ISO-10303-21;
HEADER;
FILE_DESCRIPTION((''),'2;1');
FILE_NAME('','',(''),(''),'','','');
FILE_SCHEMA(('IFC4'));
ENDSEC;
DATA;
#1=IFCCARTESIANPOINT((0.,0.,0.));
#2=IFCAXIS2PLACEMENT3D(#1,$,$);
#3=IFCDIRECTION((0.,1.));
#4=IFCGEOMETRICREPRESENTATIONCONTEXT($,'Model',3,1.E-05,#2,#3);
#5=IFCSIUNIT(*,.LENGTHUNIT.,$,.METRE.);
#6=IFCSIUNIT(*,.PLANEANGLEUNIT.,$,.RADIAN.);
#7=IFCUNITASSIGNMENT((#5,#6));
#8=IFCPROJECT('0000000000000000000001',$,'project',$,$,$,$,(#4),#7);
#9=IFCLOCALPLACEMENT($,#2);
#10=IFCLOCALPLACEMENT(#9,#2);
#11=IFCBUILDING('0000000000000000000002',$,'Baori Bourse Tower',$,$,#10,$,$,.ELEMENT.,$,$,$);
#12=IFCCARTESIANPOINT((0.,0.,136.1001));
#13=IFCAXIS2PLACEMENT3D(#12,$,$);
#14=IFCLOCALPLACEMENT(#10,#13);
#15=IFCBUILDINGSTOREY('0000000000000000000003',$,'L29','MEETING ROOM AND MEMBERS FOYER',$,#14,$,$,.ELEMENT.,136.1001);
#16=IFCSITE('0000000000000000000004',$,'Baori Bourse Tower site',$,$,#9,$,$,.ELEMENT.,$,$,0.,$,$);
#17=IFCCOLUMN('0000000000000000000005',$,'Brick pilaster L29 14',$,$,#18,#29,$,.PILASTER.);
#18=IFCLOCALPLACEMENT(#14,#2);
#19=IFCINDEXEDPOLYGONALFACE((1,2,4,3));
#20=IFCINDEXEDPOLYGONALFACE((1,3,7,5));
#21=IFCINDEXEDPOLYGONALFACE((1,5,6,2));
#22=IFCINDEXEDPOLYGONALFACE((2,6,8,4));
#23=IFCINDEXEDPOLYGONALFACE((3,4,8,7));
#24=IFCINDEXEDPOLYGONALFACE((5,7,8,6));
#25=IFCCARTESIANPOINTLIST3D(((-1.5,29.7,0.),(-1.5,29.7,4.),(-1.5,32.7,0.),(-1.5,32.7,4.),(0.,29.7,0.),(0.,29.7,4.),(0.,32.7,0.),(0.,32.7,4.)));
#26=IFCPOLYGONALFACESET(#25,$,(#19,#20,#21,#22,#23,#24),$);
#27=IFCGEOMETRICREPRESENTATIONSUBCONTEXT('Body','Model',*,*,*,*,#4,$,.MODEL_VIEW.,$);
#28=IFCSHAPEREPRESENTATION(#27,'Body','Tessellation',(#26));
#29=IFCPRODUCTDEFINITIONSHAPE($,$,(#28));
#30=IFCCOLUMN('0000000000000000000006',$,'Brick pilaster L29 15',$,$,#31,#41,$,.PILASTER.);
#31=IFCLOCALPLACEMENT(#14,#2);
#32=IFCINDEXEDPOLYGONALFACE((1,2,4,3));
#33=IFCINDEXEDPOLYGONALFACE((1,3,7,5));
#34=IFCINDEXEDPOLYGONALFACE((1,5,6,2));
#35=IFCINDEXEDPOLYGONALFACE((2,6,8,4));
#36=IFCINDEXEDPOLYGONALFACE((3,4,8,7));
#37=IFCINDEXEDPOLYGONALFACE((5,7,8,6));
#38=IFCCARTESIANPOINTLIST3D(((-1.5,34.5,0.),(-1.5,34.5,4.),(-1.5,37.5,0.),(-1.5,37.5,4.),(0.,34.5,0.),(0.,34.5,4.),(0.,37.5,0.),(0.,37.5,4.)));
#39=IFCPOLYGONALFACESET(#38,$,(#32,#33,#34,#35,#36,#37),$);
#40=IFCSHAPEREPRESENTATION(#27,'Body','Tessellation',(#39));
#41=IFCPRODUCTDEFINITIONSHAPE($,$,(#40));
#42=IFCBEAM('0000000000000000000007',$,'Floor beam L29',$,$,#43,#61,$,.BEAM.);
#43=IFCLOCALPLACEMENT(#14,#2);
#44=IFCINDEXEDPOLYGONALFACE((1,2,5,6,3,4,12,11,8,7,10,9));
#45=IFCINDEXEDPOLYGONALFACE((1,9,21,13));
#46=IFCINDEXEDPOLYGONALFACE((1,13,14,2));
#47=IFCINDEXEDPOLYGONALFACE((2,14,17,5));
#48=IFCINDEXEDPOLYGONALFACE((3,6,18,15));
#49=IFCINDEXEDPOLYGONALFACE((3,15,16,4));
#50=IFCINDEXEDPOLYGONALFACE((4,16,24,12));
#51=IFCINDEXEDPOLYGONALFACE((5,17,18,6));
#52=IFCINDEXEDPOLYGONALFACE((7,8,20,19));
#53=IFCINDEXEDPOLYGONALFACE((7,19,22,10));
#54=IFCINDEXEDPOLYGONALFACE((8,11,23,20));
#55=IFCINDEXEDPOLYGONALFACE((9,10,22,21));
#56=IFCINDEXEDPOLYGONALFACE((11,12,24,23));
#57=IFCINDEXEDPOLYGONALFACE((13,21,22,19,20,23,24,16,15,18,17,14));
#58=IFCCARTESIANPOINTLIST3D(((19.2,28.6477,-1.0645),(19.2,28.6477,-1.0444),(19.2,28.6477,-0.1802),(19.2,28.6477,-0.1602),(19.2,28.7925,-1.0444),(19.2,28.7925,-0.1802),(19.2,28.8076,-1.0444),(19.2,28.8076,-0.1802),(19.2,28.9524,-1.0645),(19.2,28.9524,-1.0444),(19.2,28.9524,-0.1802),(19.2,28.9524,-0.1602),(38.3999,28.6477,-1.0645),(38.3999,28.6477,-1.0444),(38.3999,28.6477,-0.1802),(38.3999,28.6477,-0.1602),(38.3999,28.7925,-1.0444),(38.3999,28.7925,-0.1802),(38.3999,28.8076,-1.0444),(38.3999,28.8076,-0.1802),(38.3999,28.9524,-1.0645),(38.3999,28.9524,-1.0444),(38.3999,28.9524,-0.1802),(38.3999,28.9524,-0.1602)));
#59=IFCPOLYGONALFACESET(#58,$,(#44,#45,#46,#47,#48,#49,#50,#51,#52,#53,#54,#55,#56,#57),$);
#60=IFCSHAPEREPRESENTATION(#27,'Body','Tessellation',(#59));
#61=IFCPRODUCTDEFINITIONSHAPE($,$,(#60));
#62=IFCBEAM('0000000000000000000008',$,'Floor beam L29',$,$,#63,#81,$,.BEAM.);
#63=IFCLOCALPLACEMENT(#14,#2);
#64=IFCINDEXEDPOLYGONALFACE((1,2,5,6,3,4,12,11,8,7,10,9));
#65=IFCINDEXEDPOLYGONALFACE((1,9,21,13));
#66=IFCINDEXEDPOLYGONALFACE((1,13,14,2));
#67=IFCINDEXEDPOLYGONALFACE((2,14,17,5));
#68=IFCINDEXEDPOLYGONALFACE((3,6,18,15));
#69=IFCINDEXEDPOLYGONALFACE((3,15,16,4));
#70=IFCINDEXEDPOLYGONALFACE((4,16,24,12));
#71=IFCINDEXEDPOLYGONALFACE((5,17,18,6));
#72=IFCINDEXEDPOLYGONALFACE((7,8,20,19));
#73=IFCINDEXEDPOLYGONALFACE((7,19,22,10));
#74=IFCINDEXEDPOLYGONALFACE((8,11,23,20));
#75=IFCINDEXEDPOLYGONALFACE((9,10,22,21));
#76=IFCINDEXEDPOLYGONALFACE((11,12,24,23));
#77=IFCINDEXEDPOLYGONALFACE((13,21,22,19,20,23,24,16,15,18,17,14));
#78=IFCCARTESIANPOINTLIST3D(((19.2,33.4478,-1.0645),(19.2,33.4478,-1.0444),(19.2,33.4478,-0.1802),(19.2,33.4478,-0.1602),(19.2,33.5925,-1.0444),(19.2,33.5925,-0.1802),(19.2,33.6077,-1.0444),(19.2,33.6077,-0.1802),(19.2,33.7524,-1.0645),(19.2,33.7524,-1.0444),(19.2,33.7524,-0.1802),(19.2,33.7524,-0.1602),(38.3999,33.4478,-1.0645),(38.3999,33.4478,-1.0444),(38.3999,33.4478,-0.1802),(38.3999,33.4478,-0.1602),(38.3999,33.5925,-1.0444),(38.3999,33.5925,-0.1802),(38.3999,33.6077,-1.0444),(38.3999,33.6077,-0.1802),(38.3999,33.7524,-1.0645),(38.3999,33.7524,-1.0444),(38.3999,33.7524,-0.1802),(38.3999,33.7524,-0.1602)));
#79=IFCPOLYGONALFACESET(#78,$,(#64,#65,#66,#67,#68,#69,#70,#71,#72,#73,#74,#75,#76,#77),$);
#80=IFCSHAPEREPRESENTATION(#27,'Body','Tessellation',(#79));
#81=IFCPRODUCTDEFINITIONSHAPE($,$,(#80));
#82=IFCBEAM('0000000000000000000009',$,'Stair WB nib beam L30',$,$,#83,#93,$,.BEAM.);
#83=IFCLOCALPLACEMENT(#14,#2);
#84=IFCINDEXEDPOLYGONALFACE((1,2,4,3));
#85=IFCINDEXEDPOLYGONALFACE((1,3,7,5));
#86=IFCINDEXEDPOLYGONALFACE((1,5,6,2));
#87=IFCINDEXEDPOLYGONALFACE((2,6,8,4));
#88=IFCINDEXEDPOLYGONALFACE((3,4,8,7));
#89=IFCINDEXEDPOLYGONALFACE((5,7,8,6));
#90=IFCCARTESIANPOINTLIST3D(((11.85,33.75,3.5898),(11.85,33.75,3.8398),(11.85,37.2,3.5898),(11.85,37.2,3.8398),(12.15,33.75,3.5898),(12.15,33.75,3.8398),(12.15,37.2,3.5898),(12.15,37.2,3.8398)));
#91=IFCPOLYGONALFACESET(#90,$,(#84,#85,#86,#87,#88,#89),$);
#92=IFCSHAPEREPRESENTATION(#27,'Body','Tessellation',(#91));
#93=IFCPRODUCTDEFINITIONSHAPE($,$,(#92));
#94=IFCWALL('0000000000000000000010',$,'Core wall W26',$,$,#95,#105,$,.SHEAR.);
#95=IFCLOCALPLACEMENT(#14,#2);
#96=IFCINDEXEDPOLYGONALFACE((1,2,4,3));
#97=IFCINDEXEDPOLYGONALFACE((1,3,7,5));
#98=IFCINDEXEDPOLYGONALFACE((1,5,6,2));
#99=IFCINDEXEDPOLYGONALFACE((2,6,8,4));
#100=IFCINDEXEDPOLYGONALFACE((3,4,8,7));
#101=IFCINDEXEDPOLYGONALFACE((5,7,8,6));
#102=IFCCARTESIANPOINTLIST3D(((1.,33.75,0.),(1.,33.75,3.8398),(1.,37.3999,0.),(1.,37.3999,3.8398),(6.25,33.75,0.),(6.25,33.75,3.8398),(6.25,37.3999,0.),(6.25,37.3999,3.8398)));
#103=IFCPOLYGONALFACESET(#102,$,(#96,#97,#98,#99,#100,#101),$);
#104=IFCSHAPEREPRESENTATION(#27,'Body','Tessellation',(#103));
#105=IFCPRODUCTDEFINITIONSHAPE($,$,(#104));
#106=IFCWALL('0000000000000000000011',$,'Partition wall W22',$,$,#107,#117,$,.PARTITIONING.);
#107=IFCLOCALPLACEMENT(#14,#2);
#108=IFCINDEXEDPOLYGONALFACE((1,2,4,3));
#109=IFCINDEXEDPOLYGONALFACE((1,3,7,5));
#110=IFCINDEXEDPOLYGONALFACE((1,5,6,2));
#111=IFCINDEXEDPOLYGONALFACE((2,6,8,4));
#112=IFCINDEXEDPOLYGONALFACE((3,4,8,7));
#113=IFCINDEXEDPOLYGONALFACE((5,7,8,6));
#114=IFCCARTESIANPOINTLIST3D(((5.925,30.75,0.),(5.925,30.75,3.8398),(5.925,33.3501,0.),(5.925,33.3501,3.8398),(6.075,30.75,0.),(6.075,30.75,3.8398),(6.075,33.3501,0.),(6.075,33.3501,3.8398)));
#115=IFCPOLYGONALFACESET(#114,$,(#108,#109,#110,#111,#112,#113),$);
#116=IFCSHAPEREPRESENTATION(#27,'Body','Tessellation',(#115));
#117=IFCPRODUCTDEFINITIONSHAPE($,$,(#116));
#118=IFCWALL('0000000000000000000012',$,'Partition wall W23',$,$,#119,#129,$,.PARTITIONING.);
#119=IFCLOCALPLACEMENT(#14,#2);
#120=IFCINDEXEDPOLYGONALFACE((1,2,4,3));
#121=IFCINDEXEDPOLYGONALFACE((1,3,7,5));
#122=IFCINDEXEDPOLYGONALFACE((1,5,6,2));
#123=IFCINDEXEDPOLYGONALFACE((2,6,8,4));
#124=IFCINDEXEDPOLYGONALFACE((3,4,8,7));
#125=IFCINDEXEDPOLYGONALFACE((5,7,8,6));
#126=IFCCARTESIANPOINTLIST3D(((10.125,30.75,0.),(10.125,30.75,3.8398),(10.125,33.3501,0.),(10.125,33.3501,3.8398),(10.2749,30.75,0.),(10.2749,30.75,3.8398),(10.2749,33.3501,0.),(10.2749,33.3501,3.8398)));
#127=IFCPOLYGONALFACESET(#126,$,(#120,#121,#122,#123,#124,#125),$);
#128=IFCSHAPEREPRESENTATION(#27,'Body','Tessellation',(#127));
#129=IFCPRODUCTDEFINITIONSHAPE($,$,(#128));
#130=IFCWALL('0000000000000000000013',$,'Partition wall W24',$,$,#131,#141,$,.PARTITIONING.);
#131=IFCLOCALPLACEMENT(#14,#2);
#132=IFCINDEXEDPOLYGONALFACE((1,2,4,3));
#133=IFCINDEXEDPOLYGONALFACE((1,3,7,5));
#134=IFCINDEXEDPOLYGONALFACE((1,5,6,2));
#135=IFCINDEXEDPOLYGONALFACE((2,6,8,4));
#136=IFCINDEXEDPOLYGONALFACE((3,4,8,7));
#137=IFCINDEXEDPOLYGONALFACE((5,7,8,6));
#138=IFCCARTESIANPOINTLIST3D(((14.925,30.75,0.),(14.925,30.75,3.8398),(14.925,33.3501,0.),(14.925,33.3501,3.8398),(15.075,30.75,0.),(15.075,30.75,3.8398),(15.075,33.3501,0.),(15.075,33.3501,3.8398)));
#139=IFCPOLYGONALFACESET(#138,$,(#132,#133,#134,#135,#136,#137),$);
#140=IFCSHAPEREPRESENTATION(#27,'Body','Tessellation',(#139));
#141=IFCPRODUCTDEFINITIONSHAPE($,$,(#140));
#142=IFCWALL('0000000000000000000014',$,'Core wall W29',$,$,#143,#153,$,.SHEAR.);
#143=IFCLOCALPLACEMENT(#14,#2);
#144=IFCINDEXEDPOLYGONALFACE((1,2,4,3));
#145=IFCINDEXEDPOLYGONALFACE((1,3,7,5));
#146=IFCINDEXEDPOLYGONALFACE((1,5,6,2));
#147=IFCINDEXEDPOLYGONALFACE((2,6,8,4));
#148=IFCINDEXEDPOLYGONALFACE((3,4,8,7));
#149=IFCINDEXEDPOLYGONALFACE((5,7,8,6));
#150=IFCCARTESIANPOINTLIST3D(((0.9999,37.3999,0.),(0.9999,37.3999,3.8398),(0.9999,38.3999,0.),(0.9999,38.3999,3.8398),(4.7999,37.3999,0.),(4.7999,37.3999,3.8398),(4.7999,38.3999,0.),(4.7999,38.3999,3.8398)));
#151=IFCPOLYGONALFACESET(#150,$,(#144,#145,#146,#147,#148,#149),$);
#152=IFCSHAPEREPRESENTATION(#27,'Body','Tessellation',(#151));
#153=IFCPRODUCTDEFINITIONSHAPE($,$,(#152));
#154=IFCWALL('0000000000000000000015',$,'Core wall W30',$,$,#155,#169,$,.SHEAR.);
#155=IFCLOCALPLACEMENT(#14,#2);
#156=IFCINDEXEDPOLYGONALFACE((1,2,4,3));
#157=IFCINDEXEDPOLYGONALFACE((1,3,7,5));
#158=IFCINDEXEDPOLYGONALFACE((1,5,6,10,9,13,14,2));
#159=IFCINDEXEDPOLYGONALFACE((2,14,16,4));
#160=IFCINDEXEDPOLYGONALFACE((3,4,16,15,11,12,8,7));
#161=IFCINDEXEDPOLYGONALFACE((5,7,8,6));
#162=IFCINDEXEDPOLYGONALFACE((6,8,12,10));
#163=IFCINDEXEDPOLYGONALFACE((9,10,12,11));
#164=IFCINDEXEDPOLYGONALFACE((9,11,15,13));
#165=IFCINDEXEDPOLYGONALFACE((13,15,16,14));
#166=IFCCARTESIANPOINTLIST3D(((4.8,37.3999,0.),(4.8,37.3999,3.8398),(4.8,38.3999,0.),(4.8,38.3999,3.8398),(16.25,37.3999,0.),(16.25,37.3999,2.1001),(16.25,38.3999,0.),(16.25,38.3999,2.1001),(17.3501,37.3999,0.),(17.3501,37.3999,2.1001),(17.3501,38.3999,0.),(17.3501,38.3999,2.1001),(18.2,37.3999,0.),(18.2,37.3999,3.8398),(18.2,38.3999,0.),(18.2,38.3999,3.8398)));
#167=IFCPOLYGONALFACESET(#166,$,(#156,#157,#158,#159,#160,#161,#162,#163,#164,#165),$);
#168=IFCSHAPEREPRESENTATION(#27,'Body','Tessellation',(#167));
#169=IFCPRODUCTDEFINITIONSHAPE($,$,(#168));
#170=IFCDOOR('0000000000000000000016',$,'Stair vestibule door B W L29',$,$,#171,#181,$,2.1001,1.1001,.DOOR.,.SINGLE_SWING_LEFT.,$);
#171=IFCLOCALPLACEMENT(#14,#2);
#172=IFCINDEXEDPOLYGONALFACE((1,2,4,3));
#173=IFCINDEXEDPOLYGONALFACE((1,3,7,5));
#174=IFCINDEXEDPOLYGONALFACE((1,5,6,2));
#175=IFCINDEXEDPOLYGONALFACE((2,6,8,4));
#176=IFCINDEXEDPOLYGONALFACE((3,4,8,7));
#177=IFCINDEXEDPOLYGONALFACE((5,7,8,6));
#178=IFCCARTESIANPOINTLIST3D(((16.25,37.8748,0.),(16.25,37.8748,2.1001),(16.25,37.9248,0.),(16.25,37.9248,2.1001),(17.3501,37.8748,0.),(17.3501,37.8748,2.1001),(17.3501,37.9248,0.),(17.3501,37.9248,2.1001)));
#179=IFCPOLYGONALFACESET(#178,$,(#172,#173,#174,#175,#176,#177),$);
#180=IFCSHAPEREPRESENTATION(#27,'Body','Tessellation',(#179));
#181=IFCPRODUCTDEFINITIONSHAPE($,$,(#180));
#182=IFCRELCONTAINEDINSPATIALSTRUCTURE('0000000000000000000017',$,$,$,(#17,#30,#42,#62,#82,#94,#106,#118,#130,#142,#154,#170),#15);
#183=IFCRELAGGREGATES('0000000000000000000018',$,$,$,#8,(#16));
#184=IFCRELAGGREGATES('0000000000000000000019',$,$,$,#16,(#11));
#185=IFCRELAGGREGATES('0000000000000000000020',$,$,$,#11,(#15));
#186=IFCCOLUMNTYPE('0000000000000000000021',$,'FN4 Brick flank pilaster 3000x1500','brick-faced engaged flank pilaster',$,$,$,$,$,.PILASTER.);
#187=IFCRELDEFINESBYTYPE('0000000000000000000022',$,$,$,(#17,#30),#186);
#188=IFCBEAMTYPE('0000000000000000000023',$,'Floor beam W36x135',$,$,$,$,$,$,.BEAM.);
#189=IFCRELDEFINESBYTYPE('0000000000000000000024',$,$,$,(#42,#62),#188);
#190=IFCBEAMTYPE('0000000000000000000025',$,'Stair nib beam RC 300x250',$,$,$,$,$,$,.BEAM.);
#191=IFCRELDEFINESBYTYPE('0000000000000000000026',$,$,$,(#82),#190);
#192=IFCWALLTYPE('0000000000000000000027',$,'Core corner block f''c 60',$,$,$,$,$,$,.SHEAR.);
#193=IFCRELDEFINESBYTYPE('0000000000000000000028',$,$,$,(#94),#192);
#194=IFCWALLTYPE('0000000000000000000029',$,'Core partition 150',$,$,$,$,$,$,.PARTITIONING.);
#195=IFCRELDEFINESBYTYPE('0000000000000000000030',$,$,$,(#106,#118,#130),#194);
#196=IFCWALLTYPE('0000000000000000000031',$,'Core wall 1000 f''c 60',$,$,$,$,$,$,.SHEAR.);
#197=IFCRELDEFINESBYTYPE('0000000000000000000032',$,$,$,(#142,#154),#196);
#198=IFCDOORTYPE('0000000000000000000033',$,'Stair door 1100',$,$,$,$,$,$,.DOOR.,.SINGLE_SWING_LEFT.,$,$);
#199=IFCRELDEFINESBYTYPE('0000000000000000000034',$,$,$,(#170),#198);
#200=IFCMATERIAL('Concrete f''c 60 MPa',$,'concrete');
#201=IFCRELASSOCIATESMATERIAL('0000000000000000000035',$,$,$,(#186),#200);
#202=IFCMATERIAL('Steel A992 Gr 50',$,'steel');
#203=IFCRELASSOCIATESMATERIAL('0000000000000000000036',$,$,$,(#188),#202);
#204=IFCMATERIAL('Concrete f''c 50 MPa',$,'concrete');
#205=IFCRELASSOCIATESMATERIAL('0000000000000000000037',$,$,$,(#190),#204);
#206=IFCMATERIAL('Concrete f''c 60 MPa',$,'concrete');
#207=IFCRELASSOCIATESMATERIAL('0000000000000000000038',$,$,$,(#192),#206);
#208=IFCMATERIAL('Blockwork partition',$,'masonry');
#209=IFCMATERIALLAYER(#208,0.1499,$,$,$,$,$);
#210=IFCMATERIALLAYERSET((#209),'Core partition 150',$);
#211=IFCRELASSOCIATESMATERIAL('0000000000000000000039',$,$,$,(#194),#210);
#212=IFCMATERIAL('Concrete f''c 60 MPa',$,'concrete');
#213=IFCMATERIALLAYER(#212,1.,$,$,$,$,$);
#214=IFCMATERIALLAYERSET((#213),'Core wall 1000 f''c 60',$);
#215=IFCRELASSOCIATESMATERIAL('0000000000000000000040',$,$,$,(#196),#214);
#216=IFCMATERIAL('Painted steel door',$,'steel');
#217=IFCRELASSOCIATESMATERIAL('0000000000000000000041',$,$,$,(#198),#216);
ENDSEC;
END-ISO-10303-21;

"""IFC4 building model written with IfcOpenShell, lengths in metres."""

from ifc_helpers import new_model, si_unit, direction, frame, frame_2d, origin, origin_2d, place, context, subcontext, project, spatial, rectangle, i_section, extrude, material, layer, layer_set, material_profile, profile_set, type_object, element, fill, save


model = new_model("IFC4")

# Units and contexts
model_context = context("Model", 3, precision=1e-05, world=origin(), true_north=direction((0.0, 1.0)))
body_context = subcontext(model_context, "Body", "Model", "MODEL_VIEW")
ifc_project = project(units=[si_unit("LENGTHUNIT", "METRE"), si_unit("PLANEANGLEUNIT", "RADIAN")], contexts=[model_context])

# Site, building, storey
site_placement = place(None, origin())
site = spatial("IfcSite", under=ifc_project, at=site_placement, Name="Baori Bourse Tower site", CompositionType="ELEMENT", RefElevation=0.0)
building_placement = place(site_placement, origin())
building = spatial("IfcBuilding", under=site, at=building_placement, Name="Baori Bourse Tower", CompositionType="ELEMENT")
storey_placement = place(building_placement, frame((0.0, 0.0, 136.1001)))
storey = spatial("IfcBuildingStorey", under=building, at=storey_placement, Name="L29", Description="MEETING ROOM AND MEMBERS FOYER", CompositionType="ELEMENT", Elevation=136.1001)

# Columns
ifc_material_1 = material(Name="Concrete f'c 60 MPa", Category="concrete")
ifc_material_profile_1 = material_profile(ifc_material_1, rectangle(XDim=3.0, YDim=1.5, at=origin_2d()), Name="RC 3000x1500")
ifc_profile_set_1 = profile_set([ifc_material_profile_1], Name="Concrete f'c 60 MPa")
column_type = type_object("IfcColumnType", Name="FN4 Brick flank pilaster 3000x1500", Description="brick-faced engaged flank pilaster", PredefinedType="PILASTER", material=ifc_profile_set_1)
for number, where, z_axis, x_axis, name in (
    (1, (-0.75, 31.2, 0.0), (0.0, 0.0, 1.0), (0.0, 1.0, 0.0), "Brick pilaster L29 14"),
    (2, (-0.75, 36.0, 0.0), (0.0, 0.0, 1.0), (0.0, 1.0, 0.0), "Brick pilaster L29 15"),
):
    element("IfcColumn", number, at=place(storey_placement, frame(where, z_axis=z_axis, x_axis=x_axis)), inside=storey, type_object=column_type, Name=name, PredefinedType="PILASTER", context=body_context, shape_type="SweptSolid", body=[
        extrude(rectangle(XDim=3.0, YDim=1.5, at=origin_2d()), origin(), (0.0, 0.0, 1.0), 4.0),
    ])

# Beams
ifc_material_2 = material(Name="Steel A992 Gr 50", Category="steel")
ifc_material_profile_2 = material_profile(ifc_material_2, i_section(OverallWidth=0.3047, OverallDepth=0.9043, WebThickness=0.0151, FlangeThickness=0.02, at=origin_2d()), Name="W36x135")
ifc_profile_set_2 = profile_set([ifc_material_profile_2], Name="Steel A992 Gr 50")
beam_type_1 = type_object("IfcBeamType", Name="Floor beam W36x135", PredefinedType="BEAM", material=ifc_profile_set_2)
for number, where, z_axis, x_axis, name in (
    (3, (19.2, 28.8, -0.6123), (1.0, 0.0, 0.0), (0.0, 1.0, 0.0), "Floor beam L29"),
    (4, (19.2, 33.6001, -0.6123), (1.0, 0.0, 0.0), (0.0, 1.0, 0.0), "Floor beam L29"),
):
    element("IfcBeam", number, at=place(storey_placement, frame(where, z_axis=z_axis, x_axis=x_axis)), inside=storey, type_object=beam_type_1, Name=name, PredefinedType="BEAM", context=body_context, shape_type="SweptSolid", body=[
        extrude(i_section(OverallWidth=0.3047, OverallDepth=0.9043, WebThickness=0.0151, FlangeThickness=0.02, at=origin_2d()), origin(), (0.0, 0.0, 1.0), 19.2),
    ])
ifc_material_3 = material(Name="Concrete f'c 50 MPa", Category="concrete")
ifc_material_profile_3 = material_profile(ifc_material_3, rectangle(XDim=0.3, YDim=0.25, at=origin_2d()), Name="RC 300x250")
ifc_profile_set_3 = profile_set([ifc_material_profile_3], Name="Concrete f'c 50 MPa")
beam_type_2 = type_object("IfcBeamType", Name="Stair nib beam RC 300x250", PredefinedType="BEAM", material=ifc_profile_set_3)
beam_placement = place(storey_placement, frame((12.0, 33.75, 3.7148), z_axis=(0.0, 1.0, 0.0), x_axis=(-1.0, 0.0, 0.0)))
element("IfcBeam", 5, at=beam_placement, inside=storey, type_object=beam_type_2, Name="Stair WB nib beam L30", PredefinedType="BEAM", context=body_context, shape_type="SweptSolid", body=[
    extrude(rectangle(XDim=0.3, YDim=0.25, at=origin_2d()), origin(), (0.0, 0.0, 1.0), 3.45),
])

# Walls
ifc_material_4 = material(Name="Concrete f'c 60 MPa", Category="concrete")
wall_type_1 = type_object("IfcWallType", Name="Core corner block f'c 60", PredefinedType="SHEAR", material=ifc_material_4)
wall_1_placement = place(storey_placement, frame((1.0, 35.575, 0.0), z_axis=(0.0, 0.0, 1.0), x_axis=(1.0, 0.0, 0.0)))
element("IfcWall", 6, at=wall_1_placement, inside=storey, type_object=wall_type_1, Name="Core wall W26", PredefinedType="SHEAR", context=body_context, shape_type="SweptSolid", body=[
    extrude(rectangle(XDim=5.25, YDim=3.6499, at=frame_2d((2.625, 0.0))), origin(), (0.0, 0.0, 1.0), 3.8398),
])
ifc_material_5 = material(Name="Blockwork partition", Category="masonry")
ifc_layer_1 = layer(ifc_material_5, 0.1499)
ifc_layer_set_1 = layer_set([ifc_layer_1], Name="Core partition 150")
wall_type_2 = type_object("IfcWallType", Name="Core partition 150", PredefinedType="PARTITIONING", material=ifc_layer_set_1)
for number, where, z_axis, x_axis, name in (
    (7, (6.0, 30.75, 0.0), (0.0, 0.0, 1.0), (0.0, 1.0, 0.0), "Partition wall W22"),
    (8, (10.2, 30.75, 0.0), (0.0, 0.0, 1.0), (0.0, 1.0, 0.0), "Partition wall W23"),
    (9, (15.0, 30.75, 0.0), (0.0, 0.0, 1.0), (0.0, 1.0, 0.0), "Partition wall W24"),
):
    element("IfcWall", number, at=place(storey_placement, frame(where, z_axis=z_axis, x_axis=x_axis)), inside=storey, type_object=wall_type_2, Name=name, PredefinedType="PARTITIONING", context=body_context, shape_type="SweptSolid", body=[
        extrude(rectangle(XDim=2.6001, YDim=0.1499, at=frame_2d((1.3, 0.0))), origin(), (0.0, 0.0, 1.0), 3.8398),
    ])
ifc_material_6 = material(Name="Concrete f'c 60 MPa", Category="concrete")
ifc_layer_2 = layer(ifc_material_6, 1.0)
ifc_layer_set_2 = layer_set([ifc_layer_2], Name="Core wall 1000 f'c 60")
wall_type_3 = type_object("IfcWallType", Name="Core wall 1000 f'c 60", PredefinedType="SHEAR", material=ifc_layer_set_2)
wall_2_placement = place(storey_placement, frame((1.0, 37.8999, 0.0), z_axis=(0.0, 0.0, 1.0), x_axis=(1.0, 0.0, 0.0)))
element("IfcWall", 10, at=wall_2_placement, inside=storey, type_object=wall_type_3, Name="Core wall W29", PredefinedType="SHEAR", context=body_context, shape_type="SweptSolid", body=[
    extrude(rectangle(XDim=3.8, YDim=1.0, at=frame_2d((1.8999, 0.0))), origin(), (0.0, 0.0, 1.0), 3.8398),
])

# Wall, opening, door
wall_3_placement = place(storey_placement, frame((4.8, 37.8999, 0.0), z_axis=(0.0, 0.0, 1.0), x_axis=(1.0, 0.0, 0.0)))
wall_3 = element("IfcWall", 11, at=wall_3_placement, inside=storey, type_object=wall_type_3, Name="Core wall W30", PredefinedType="SHEAR", context=body_context, shape_type="SweptSolid", body=[
    extrude(rectangle(XDim=13.3999, YDim=1.0, at=frame_2d((6.7, 0.0))), origin(), (0.0, 0.0, 1.0), 3.8398),
])
opening_1_placement = place(wall_3_placement, frame((11.45, 0.0, 0.0)))
opening_1 = element("IfcOpeningElement", 12, at=opening_1_placement, cuts=wall_3, PredefinedType="OPENING", context=body_context, shape_type="SweptSolid", body=[
    extrude(rectangle(XDim=1.1001, YDim=2.1001, at=frame_2d((0.55, 1.05))), frame((0.0, 0.51, 0.0), z_axis=(0.0, -1.0, 0.0), x_axis=(1.0, 0.0, 0.0)), (0.0, 0.0, 1.0), 1.02),
])
ifc_material_7 = material(Name="Painted steel door", Category="steel")
door_type_1 = type_object("IfcDoorType", Name="Stair door 1100", OperationType="SINGLE_SWING_LEFT", PredefinedType="DOOR", material=ifc_material_7)
door_1_placement = place(opening_1_placement, origin())
door_1 = element("IfcDoor", 13, at=door_1_placement, inside=storey, type_object=door_type_1, Name="Stair vestibule door B W L29", OperationType="SINGLE_SWING_LEFT", OverallHeight=2.1001, OverallWidth=1.1001, PredefinedType="DOOR", context=body_context, shape_type="SweptSolid", body=[
    extrude(rectangle(XDim=1.1001, YDim=2.1001, at=frame_2d((0.55, 1.05))), frame((0.0, 0.0249, 0.0), z_axis=(0.0, -1.0, 0.0), x_axis=(1.0, 0.0, 0.0)), (0.0, 0.0, 1.0), 0.05),
])
fill(opening_1, door_1)

save(model, "model.ifc")
